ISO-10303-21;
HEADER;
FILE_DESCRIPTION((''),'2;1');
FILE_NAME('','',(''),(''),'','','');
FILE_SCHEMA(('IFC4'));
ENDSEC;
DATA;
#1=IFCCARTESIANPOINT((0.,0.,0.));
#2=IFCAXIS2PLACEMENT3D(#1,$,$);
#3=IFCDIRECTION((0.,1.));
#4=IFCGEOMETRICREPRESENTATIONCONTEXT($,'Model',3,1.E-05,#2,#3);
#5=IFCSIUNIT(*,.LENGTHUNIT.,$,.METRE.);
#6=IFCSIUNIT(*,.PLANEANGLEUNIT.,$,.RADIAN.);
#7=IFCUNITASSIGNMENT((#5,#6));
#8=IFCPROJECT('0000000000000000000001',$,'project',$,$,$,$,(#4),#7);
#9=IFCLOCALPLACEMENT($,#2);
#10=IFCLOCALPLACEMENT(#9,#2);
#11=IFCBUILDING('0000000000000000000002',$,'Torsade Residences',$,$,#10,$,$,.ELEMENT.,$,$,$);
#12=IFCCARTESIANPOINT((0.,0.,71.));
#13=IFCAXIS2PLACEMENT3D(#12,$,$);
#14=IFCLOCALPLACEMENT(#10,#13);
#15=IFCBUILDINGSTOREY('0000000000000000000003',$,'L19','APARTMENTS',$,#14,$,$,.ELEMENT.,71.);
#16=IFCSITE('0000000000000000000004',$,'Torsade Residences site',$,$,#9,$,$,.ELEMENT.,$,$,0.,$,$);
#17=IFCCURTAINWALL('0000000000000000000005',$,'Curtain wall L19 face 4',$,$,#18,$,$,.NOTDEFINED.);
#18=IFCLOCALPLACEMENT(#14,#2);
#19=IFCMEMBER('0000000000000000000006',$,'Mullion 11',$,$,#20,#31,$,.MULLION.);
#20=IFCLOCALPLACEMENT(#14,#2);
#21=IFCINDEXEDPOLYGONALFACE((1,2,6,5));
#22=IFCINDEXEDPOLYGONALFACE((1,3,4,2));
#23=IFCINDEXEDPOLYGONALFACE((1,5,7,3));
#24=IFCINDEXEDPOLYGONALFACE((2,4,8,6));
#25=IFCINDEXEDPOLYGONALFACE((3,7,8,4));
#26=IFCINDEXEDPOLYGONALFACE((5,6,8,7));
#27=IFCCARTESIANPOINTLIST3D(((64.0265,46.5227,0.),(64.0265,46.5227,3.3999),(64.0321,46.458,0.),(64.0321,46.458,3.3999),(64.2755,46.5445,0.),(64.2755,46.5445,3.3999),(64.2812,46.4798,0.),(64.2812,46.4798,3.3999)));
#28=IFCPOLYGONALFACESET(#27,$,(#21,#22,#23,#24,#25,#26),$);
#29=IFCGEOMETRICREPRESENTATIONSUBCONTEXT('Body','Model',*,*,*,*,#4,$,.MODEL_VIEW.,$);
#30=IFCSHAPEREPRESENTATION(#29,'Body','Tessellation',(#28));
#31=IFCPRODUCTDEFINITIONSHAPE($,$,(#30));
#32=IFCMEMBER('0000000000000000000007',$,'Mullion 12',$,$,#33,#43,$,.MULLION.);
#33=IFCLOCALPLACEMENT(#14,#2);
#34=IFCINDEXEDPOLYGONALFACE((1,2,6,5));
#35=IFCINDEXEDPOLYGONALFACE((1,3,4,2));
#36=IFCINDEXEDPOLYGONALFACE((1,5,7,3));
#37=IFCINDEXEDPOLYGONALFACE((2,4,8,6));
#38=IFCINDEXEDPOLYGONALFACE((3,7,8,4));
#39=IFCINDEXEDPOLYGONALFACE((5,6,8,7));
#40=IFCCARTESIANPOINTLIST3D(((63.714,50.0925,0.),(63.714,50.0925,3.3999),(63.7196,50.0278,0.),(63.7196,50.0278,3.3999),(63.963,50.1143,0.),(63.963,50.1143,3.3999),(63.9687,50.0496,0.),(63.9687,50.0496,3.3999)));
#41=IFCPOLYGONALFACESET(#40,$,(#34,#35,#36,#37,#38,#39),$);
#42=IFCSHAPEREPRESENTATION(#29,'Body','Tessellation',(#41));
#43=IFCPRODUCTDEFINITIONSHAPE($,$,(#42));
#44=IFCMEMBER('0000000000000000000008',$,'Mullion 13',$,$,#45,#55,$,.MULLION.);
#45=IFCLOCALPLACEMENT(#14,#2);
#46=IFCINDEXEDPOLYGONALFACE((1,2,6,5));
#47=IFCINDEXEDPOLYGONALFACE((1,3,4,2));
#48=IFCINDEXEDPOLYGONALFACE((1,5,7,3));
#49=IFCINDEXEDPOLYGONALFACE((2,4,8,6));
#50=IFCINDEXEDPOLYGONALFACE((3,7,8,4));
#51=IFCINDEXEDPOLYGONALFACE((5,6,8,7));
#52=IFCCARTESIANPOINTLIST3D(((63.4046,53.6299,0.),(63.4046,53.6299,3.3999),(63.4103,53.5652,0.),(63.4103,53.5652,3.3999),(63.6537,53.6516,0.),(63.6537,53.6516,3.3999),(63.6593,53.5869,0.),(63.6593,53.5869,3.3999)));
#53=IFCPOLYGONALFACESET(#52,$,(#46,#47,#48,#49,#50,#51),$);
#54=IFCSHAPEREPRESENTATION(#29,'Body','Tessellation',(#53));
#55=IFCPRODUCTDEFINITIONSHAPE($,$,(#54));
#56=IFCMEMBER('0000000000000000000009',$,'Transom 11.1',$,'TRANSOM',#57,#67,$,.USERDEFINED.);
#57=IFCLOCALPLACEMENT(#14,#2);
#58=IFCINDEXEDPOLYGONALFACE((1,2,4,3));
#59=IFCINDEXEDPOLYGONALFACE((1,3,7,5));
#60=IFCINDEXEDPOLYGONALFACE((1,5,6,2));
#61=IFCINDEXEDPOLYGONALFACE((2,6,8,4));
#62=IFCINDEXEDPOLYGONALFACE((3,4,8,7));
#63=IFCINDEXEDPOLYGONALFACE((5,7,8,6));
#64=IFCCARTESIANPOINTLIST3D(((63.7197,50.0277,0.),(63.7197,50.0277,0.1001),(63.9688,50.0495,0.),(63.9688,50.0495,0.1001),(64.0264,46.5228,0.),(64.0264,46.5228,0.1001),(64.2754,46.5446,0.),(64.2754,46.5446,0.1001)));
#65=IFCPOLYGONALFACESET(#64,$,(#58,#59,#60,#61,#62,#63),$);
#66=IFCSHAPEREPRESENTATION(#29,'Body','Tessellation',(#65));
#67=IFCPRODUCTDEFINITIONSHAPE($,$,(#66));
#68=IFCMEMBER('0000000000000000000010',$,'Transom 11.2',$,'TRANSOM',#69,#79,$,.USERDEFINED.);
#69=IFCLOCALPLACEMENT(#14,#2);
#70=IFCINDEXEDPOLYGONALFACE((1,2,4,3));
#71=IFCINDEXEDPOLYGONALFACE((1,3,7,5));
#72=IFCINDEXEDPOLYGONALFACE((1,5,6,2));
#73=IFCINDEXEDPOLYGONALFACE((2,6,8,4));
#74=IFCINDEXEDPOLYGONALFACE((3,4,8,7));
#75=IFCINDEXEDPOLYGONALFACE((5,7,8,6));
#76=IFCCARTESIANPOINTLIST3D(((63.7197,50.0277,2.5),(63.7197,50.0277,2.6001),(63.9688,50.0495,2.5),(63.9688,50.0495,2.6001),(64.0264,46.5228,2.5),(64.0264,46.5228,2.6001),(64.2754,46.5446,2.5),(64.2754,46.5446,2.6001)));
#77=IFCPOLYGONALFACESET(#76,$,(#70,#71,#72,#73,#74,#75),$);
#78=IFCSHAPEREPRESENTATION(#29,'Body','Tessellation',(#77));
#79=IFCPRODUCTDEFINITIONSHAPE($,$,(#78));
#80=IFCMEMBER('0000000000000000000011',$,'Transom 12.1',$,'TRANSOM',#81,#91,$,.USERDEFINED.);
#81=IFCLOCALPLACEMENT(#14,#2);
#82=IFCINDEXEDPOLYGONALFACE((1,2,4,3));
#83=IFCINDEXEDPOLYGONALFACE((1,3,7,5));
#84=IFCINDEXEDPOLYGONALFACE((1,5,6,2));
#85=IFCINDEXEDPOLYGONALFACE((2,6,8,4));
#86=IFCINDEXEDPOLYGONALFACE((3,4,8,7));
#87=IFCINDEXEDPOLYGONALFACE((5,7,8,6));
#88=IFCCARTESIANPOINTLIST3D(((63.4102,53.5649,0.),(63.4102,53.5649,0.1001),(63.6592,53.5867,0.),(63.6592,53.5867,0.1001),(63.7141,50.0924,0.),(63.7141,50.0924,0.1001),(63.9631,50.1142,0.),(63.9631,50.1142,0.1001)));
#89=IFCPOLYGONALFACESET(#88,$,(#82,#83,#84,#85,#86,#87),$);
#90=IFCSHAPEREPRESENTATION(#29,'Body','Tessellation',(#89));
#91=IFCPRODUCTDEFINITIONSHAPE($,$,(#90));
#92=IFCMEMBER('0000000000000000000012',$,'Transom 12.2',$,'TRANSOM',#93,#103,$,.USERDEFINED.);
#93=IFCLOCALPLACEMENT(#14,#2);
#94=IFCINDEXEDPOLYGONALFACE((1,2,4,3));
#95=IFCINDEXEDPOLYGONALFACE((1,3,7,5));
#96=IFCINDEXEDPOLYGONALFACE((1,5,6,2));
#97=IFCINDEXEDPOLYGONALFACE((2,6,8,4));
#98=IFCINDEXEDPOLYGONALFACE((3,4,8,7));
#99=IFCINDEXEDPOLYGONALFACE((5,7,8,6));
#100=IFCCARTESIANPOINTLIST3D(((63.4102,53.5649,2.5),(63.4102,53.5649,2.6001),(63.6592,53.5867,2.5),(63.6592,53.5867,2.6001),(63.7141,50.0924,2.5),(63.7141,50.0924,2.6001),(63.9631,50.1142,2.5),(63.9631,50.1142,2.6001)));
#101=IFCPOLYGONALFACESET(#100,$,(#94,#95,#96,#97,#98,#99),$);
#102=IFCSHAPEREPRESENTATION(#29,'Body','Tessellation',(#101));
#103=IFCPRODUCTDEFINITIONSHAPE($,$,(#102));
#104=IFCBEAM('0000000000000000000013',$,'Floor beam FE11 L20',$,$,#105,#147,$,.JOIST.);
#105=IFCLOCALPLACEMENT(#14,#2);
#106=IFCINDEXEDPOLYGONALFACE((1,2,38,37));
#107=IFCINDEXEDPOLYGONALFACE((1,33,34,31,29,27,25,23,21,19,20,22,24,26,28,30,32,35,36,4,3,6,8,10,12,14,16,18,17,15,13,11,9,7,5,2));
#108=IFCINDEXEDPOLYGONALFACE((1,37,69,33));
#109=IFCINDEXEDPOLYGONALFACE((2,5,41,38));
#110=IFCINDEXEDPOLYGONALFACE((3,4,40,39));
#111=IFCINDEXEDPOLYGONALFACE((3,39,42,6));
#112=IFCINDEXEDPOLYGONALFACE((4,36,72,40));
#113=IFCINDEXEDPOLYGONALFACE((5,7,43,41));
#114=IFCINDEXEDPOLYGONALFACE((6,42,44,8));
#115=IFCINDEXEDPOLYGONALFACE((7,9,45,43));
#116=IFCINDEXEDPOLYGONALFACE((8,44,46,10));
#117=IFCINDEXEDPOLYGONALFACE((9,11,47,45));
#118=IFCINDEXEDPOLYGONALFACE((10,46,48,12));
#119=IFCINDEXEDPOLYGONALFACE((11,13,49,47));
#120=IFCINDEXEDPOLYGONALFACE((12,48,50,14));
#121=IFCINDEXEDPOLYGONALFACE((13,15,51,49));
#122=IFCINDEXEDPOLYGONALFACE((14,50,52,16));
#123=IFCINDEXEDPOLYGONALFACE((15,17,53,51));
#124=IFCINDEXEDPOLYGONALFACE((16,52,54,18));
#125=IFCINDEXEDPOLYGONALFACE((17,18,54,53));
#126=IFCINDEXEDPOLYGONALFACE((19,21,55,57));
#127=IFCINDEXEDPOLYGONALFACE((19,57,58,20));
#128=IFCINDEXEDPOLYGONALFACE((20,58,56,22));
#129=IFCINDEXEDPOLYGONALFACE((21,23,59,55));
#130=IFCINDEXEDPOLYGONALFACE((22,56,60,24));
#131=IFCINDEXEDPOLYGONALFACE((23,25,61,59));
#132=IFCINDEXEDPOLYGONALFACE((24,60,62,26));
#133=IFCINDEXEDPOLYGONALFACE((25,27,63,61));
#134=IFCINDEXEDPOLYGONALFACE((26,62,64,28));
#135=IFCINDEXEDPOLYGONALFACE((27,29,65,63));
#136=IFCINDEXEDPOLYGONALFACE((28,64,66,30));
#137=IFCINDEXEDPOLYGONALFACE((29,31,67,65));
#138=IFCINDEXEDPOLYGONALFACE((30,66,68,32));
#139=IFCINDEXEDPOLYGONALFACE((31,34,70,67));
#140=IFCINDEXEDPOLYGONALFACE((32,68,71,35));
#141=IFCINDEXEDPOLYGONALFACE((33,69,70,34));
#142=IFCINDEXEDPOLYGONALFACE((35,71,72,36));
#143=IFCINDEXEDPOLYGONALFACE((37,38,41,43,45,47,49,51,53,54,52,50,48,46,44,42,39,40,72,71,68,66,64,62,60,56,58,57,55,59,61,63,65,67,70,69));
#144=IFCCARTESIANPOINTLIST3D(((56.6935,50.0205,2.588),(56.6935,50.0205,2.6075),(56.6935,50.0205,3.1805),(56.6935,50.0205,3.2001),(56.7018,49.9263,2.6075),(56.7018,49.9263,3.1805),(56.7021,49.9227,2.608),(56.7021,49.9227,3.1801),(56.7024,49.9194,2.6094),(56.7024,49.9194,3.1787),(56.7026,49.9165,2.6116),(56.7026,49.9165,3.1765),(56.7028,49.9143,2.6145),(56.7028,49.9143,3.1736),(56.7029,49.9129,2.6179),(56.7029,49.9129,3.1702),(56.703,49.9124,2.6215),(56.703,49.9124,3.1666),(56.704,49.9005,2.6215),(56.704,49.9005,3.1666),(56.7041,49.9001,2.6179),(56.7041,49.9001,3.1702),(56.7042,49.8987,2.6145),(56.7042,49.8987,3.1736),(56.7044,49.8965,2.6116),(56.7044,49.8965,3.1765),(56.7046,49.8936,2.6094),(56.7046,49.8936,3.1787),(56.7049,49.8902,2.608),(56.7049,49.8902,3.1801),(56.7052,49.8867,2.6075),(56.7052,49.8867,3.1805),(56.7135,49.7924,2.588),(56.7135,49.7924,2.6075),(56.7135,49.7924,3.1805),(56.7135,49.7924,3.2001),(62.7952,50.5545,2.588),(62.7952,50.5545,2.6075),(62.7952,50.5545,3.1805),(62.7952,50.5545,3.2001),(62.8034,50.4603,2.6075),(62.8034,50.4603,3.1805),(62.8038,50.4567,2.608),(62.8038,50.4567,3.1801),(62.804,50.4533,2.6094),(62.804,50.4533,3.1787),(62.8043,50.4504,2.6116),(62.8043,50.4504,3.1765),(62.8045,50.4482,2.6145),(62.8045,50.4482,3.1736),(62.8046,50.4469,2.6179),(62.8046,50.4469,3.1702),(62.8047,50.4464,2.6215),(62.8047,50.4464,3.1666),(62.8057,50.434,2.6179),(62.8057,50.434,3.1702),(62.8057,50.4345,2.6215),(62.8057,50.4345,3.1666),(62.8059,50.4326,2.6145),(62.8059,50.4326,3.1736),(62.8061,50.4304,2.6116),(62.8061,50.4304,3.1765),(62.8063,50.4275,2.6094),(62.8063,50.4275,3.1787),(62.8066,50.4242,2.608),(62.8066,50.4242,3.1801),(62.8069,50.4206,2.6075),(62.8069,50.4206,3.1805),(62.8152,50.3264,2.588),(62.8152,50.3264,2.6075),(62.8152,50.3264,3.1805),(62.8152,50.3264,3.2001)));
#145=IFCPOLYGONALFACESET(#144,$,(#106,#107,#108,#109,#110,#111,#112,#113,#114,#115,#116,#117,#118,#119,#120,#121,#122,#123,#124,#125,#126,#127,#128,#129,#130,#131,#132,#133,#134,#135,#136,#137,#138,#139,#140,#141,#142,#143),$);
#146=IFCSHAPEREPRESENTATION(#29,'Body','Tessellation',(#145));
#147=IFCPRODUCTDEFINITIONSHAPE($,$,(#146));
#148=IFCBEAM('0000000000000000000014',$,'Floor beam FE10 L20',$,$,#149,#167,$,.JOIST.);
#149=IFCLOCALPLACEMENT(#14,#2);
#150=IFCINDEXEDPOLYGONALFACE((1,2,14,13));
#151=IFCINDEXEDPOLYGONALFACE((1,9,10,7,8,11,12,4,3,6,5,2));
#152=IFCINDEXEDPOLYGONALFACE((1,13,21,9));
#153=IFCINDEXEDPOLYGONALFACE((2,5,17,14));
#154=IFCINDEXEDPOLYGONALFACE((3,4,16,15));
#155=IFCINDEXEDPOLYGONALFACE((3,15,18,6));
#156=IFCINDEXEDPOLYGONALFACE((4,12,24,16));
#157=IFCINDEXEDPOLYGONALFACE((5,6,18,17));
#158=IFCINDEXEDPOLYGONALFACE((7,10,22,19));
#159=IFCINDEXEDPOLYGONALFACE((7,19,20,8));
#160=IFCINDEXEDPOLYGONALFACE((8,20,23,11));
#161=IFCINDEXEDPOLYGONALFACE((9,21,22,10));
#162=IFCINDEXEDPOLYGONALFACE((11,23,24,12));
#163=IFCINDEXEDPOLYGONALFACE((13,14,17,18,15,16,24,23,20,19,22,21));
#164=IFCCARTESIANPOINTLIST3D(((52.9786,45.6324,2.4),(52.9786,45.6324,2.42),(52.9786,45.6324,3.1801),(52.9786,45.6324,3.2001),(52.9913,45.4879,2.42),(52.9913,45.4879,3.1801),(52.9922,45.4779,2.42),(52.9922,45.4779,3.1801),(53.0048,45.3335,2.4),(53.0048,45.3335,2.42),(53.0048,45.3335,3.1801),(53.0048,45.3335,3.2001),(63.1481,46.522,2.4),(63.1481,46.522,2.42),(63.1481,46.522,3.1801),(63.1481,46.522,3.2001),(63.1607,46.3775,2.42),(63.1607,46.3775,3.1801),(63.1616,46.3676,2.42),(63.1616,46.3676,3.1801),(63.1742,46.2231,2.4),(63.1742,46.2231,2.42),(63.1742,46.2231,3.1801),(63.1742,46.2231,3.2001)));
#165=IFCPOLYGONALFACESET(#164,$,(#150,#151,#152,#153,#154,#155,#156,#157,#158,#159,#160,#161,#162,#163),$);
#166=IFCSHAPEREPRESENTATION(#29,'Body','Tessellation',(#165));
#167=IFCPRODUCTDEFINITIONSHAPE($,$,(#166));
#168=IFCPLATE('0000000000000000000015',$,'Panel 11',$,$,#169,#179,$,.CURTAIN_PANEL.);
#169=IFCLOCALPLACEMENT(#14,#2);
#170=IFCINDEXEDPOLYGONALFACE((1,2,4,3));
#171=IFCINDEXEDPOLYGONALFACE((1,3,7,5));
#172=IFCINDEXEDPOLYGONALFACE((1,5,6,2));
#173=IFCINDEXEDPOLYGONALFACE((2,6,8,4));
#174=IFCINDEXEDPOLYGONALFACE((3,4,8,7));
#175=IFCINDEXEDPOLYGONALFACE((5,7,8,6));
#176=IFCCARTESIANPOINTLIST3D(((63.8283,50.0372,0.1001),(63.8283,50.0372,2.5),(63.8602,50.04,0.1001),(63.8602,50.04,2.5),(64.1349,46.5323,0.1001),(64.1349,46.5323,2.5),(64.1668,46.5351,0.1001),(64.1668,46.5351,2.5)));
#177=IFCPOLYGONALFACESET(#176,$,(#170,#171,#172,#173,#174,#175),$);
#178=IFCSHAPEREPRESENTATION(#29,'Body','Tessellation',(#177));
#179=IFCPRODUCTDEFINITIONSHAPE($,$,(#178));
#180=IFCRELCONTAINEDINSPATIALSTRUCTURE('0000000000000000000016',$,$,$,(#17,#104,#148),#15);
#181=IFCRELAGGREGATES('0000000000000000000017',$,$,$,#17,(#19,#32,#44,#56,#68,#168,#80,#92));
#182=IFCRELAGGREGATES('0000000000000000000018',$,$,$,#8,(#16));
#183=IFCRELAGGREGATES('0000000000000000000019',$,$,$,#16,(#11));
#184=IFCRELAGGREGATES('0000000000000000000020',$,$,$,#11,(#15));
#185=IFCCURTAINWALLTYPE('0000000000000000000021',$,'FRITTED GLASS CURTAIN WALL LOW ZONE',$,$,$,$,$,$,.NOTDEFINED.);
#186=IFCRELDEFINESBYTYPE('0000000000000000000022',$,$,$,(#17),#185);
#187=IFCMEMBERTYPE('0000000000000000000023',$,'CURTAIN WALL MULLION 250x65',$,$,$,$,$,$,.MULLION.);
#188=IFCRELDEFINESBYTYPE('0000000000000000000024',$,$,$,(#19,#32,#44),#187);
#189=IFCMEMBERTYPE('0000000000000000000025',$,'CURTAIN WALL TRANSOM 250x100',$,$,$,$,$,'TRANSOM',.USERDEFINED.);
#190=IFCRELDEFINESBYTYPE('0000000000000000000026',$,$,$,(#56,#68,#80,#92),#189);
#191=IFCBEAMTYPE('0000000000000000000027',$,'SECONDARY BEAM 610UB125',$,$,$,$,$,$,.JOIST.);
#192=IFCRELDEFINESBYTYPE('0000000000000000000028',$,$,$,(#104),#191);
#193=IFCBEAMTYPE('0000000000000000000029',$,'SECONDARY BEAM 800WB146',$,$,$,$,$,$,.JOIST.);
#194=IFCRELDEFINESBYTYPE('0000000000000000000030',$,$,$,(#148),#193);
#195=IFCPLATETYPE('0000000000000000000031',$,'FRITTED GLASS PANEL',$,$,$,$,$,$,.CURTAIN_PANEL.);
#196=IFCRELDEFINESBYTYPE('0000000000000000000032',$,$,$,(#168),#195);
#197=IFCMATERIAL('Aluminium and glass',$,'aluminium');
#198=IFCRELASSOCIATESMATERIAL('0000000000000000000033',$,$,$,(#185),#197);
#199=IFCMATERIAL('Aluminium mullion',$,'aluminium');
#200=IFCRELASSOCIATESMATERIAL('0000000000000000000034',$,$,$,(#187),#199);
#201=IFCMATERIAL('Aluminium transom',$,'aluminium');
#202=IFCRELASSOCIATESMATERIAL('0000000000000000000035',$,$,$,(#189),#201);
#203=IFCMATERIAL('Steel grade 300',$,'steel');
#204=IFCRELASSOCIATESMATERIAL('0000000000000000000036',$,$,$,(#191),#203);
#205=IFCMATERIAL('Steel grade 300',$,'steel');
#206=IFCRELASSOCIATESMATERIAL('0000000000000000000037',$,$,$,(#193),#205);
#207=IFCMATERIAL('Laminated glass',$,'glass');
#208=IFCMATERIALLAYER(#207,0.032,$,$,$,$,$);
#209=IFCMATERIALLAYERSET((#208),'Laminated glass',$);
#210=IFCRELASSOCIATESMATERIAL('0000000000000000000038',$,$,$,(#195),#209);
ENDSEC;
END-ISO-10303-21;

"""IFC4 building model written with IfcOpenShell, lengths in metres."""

from ifc_helpers import new_model, si_unit, direction, frame, origin, origin_2d, place, context, subcontext, project, spatial, rectangle, i_section, extrude, material, layer, layer_set, material_profile, profile_set, type_object, element, aggregate, save


model = new_model("IFC4")

# Units and contexts
model_context = context("Model", 3, precision=1e-05, world=origin(), true_north=direction((0.0, 1.0)))
body_context = subcontext(model_context, "Body", "Model", "MODEL_VIEW")
ifc_project = project(units=[si_unit("LENGTHUNIT", "METRE"), si_unit("PLANEANGLEUNIT", "RADIAN")], contexts=[model_context])

# Site, building, storey
site_placement = place(None, origin())
site = spatial("IfcSite", under=ifc_project, at=site_placement, Name="Torsade Residences site", CompositionType="ELEMENT", RefElevation=0.0)
building_placement = place(site_placement, origin())
building = spatial("IfcBuilding", under=site, at=building_placement, Name="Torsade Residences", CompositionType="ELEMENT")
storey_placement = place(building_placement, frame((0.0, 0.0, 71.0)))
storey = spatial("IfcBuildingStorey", under=building, at=storey_placement, Name="L19", Description="APARTMENTS", CompositionType="ELEMENT", Elevation=71.0)

# Curtain wall, members
ifc_material_1 = material(Name="Aluminium and glass", Category="aluminium")
curtain_wall_type = type_object("IfcCurtainWallType", Name="FRITTED GLASS CURTAIN WALL LOW ZONE", PredefinedType="NOTDEFINED", material=ifc_material_1)
curtain_wall_placement = place(storey_placement, origin())
curtain_wall = element("IfcCurtainWall", 1, at=curtain_wall_placement, inside=storey, type_object=curtain_wall_type, Name="Curtain wall L19 face 4", PredefinedType="NOTDEFINED")
ifc_material_2 = material(Name="Aluminium mullion", Category="aluminium")
ifc_material_profile_1 = material_profile(ifc_material_2, rectangle(XDim=0.25, YDim=0.0649, at=origin_2d()), Name="CURTAIN WALL MULLION 250x65")
ifc_profile_set_1 = profile_set([ifc_material_profile_1], Name="Aluminium mullion")
member_type_1 = type_object("IfcMemberType", Name="CURTAIN WALL MULLION 250x65", PredefinedType="MULLION", material=ifc_profile_set_1)
member_1_placement = place(storey_placement, frame((64.1538, 46.5012, 0.0), z_axis=(0.0, 0.0, 1.0), x_axis=(-0.996195, -0.087156, 0.0)))
member_1 = element("IfcMember", 2, at=member_1_placement, type_object=member_type_1, Name="Mullion 11", PredefinedType="MULLION", context=body_context, shape_type="SweptSolid", body=[
    extrude(rectangle(XDim=0.25, YDim=0.0649, at=origin_2d()), origin(), (0.0, 0.0, 1.0), 3.3999),
])
member_2_placement = place(storey_placement, frame((63.8413, 50.071, 0.0), z_axis=(0.0, 0.0, 1.0), x_axis=(-0.996195, -0.087156, 0.0)))
member_2 = element("IfcMember", 3, at=member_2_placement, type_object=member_type_1, Name="Mullion 12", PredefinedType="MULLION", context=body_context, shape_type="SweptSolid", body=[
    extrude(rectangle(XDim=0.25, YDim=0.0649, at=origin_2d()), origin(), (0.0, 0.0, 1.0), 3.3999),
])
member_3_placement = place(storey_placement, frame((63.532, 53.6084, 0.0), z_axis=(0.0, 0.0, 1.0), x_axis=(-0.996195, -0.087156, 0.0)))
member_3 = element("IfcMember", 4, at=member_3_placement, type_object=member_type_1, Name="Mullion 13", PredefinedType="MULLION", context=body_context, shape_type="SweptSolid", body=[
    extrude(rectangle(XDim=0.25, YDim=0.0649, at=origin_2d()), origin(), (0.0, 0.0, 1.0), 3.3999),
])
ifc_material_3 = material(Name="Aluminium transom", Category="aluminium")
ifc_material_profile_2 = material_profile(ifc_material_3, rectangle(XDim=0.25, YDim=0.1001, at=origin_2d()), Name="CURTAIN WALL TRANSOM 250x100")
ifc_profile_set_2 = profile_set([ifc_material_profile_2], Name="Aluminium transom")
member_type_2 = type_object("IfcMemberType", Name="CURTAIN WALL TRANSOM 250x100", ElementType="TRANSOM", PredefinedType="USERDEFINED", material=ifc_profile_set_2)
member_4_placement = place(storey_placement, frame((64.1509, 46.5337, 0.05), z_axis=(-0.087157, 0.996195, 0.0), x_axis=(-0.996195, -0.087157, 0.0)))
member_4 = element("IfcMember", 5, at=member_4_placement, type_object=member_type_2, Name="Transom 11.1", ObjectType="TRANSOM", PredefinedType="USERDEFINED", context=body_context, shape_type="SweptSolid", body=[
    extrude(rectangle(XDim=0.25, YDim=0.1001, at=origin_2d()), origin(), (0.0, 0.0, 1.0), 3.5183),
])
member_5_placement = place(storey_placement, frame((64.1509, 46.5337, 2.55), z_axis=(-0.087157, 0.996195, 0.0), x_axis=(-0.996195, -0.087157, 0.0)))
member_5 = element("IfcMember", 6, at=member_5_placement, type_object=member_type_2, Name="Transom 11.2", ObjectType="TRANSOM", PredefinedType="USERDEFINED", context=body_context, shape_type="SweptSolid", body=[
    extrude(rectangle(XDim=0.25, YDim=0.1001, at=origin_2d()), origin(), (0.0, 0.0, 1.0), 3.5183),
])
member_6_placement = place(storey_placement, frame((63.8386, 50.1033, 0.05), z_axis=(-0.087195, 0.996191, 0.0), x_axis=(-0.996191, -0.087195, 0.0)))
member_6 = element("IfcMember", 7, at=member_6_placement, type_object=member_type_2, Name="Transom 12.1", ObjectType="TRANSOM", PredefinedType="USERDEFINED", context=body_context, shape_type="SweptSolid", body=[
    extrude(rectangle(XDim=0.25, YDim=0.1001, at=origin_2d()), origin(), (0.0, 0.0, 1.0), 3.4858),
])
member_7_placement = place(storey_placement, frame((63.8386, 50.1033, 2.55), z_axis=(-0.087195, 0.996191, 0.0), x_axis=(-0.996191, -0.087195, 0.0)))
member_7 = element("IfcMember", 8, at=member_7_placement, type_object=member_type_2, Name="Transom 12.2", ObjectType="TRANSOM", PredefinedType="USERDEFINED", context=body_context, shape_type="SweptSolid", body=[
    extrude(rectangle(XDim=0.25, YDim=0.1001, at=origin_2d()), origin(), (0.0, 0.0, 1.0), 3.4858),
])

# Beams
ifc_material_4 = material(Name="Steel grade 300", Category="steel")
ifc_material_profile_3 = material_profile(ifc_material_4, i_section(OverallWidth=0.229, OverallDepth=0.6121, WebThickness=0.012, FlangeThickness=0.0195, FilletRadius=0.0139, at=origin_2d()), Name="610UB125")
ifc_profile_set_3 = profile_set([ifc_material_profile_3], Name="Steel grade 300")
beam_type_1 = type_object("IfcBeamType", Name="SECONDARY BEAM 610UB125", PredefinedType="JOIST", material=ifc_profile_set_3)
beam_1_placement = place(storey_placement, frame((62.8052, 50.4404, 2.894), z_axis=(-0.996193, -0.087175, 0.0), x_axis=(0.087175, -0.996193, 0.0)))
element("IfcBeam", 9, at=beam_1_placement, inside=storey, type_object=beam_type_1, Name="Floor beam FE11 L20", PredefinedType="JOIST", context=body_context, shape_type="SweptSolid", body=[
    extrude(i_section(OverallWidth=0.229, OverallDepth=0.6121, WebThickness=0.012, FlangeThickness=0.0195, FilletRadius=0.0139, at=origin_2d()), origin(), (0.0, 0.0, 1.0), 6.125),
])
ifc_material_5 = material(Name="Steel grade 300", Category="steel")
ifc_material_profile_4 = material_profile(ifc_material_5, i_section(OverallWidth=0.3, OverallDepth=0.8, WebThickness=0.01, FlangeThickness=0.02, at=origin_2d()), Name="800WB146")
ifc_profile_set_4 = profile_set([ifc_material_profile_4], Name="Steel grade 300")
beam_type_2 = type_object("IfcBeamType", Name="SECONDARY BEAM 800WB146", PredefinedType="JOIST", material=ifc_profile_set_4)
beam_2_placement = place(storey_placement, frame((63.1611, 46.3726, 2.8), z_axis=(-0.996195, -0.08715, 0.0), x_axis=(0.08715, -0.996195, 0.0)))
element("IfcBeam", 10, at=beam_2_placement, inside=storey, type_object=beam_type_2, Name="Floor beam FE10 L20", PredefinedType="JOIST", context=body_context, shape_type="SweptSolid", body=[
    extrude(i_section(OverallWidth=0.3, OverallDepth=0.8, WebThickness=0.01, FlangeThickness=0.02, at=origin_2d()), origin(), (0.0, 0.0, 1.0), 10.2083),
])

# Plate
ifc_material_6 = material(Name="Laminated glass", Category="glass")
ifc_layer_1 = layer(ifc_material_6, 0.032)
ifc_layer_set_1 = layer_set([ifc_layer_1], Name="Laminated glass")
plate_type_1 = type_object("IfcPlateType", Name="FRITTED GLASS PANEL", PredefinedType="CURTAIN_PANEL", material=ifc_layer_set_1)
plate_1_placement = place(storey_placement, frame((63.9976, 48.2861, 0.1001), z_axis=(0.0, 0.0, 1.0), x_axis=(-0.087156, 0.996195, 0.0)))
plate_1 = element("IfcPlate", 11, at=plate_1_placement, type_object=plate_type_1, Name="Panel 11", PredefinedType="CURTAIN_PANEL", context=body_context, shape_type="SweptSolid", body=[
    extrude(rectangle(XDim=3.5183, YDim=0.032, at=origin_2d()), origin(), (0.0, 0.0, 1.0), 2.3999),
])
aggregate(curtain_wall, [member_1, member_2, member_3, member_4, member_5, plate_1, member_6, member_7])

save(model, "model.ifc")
